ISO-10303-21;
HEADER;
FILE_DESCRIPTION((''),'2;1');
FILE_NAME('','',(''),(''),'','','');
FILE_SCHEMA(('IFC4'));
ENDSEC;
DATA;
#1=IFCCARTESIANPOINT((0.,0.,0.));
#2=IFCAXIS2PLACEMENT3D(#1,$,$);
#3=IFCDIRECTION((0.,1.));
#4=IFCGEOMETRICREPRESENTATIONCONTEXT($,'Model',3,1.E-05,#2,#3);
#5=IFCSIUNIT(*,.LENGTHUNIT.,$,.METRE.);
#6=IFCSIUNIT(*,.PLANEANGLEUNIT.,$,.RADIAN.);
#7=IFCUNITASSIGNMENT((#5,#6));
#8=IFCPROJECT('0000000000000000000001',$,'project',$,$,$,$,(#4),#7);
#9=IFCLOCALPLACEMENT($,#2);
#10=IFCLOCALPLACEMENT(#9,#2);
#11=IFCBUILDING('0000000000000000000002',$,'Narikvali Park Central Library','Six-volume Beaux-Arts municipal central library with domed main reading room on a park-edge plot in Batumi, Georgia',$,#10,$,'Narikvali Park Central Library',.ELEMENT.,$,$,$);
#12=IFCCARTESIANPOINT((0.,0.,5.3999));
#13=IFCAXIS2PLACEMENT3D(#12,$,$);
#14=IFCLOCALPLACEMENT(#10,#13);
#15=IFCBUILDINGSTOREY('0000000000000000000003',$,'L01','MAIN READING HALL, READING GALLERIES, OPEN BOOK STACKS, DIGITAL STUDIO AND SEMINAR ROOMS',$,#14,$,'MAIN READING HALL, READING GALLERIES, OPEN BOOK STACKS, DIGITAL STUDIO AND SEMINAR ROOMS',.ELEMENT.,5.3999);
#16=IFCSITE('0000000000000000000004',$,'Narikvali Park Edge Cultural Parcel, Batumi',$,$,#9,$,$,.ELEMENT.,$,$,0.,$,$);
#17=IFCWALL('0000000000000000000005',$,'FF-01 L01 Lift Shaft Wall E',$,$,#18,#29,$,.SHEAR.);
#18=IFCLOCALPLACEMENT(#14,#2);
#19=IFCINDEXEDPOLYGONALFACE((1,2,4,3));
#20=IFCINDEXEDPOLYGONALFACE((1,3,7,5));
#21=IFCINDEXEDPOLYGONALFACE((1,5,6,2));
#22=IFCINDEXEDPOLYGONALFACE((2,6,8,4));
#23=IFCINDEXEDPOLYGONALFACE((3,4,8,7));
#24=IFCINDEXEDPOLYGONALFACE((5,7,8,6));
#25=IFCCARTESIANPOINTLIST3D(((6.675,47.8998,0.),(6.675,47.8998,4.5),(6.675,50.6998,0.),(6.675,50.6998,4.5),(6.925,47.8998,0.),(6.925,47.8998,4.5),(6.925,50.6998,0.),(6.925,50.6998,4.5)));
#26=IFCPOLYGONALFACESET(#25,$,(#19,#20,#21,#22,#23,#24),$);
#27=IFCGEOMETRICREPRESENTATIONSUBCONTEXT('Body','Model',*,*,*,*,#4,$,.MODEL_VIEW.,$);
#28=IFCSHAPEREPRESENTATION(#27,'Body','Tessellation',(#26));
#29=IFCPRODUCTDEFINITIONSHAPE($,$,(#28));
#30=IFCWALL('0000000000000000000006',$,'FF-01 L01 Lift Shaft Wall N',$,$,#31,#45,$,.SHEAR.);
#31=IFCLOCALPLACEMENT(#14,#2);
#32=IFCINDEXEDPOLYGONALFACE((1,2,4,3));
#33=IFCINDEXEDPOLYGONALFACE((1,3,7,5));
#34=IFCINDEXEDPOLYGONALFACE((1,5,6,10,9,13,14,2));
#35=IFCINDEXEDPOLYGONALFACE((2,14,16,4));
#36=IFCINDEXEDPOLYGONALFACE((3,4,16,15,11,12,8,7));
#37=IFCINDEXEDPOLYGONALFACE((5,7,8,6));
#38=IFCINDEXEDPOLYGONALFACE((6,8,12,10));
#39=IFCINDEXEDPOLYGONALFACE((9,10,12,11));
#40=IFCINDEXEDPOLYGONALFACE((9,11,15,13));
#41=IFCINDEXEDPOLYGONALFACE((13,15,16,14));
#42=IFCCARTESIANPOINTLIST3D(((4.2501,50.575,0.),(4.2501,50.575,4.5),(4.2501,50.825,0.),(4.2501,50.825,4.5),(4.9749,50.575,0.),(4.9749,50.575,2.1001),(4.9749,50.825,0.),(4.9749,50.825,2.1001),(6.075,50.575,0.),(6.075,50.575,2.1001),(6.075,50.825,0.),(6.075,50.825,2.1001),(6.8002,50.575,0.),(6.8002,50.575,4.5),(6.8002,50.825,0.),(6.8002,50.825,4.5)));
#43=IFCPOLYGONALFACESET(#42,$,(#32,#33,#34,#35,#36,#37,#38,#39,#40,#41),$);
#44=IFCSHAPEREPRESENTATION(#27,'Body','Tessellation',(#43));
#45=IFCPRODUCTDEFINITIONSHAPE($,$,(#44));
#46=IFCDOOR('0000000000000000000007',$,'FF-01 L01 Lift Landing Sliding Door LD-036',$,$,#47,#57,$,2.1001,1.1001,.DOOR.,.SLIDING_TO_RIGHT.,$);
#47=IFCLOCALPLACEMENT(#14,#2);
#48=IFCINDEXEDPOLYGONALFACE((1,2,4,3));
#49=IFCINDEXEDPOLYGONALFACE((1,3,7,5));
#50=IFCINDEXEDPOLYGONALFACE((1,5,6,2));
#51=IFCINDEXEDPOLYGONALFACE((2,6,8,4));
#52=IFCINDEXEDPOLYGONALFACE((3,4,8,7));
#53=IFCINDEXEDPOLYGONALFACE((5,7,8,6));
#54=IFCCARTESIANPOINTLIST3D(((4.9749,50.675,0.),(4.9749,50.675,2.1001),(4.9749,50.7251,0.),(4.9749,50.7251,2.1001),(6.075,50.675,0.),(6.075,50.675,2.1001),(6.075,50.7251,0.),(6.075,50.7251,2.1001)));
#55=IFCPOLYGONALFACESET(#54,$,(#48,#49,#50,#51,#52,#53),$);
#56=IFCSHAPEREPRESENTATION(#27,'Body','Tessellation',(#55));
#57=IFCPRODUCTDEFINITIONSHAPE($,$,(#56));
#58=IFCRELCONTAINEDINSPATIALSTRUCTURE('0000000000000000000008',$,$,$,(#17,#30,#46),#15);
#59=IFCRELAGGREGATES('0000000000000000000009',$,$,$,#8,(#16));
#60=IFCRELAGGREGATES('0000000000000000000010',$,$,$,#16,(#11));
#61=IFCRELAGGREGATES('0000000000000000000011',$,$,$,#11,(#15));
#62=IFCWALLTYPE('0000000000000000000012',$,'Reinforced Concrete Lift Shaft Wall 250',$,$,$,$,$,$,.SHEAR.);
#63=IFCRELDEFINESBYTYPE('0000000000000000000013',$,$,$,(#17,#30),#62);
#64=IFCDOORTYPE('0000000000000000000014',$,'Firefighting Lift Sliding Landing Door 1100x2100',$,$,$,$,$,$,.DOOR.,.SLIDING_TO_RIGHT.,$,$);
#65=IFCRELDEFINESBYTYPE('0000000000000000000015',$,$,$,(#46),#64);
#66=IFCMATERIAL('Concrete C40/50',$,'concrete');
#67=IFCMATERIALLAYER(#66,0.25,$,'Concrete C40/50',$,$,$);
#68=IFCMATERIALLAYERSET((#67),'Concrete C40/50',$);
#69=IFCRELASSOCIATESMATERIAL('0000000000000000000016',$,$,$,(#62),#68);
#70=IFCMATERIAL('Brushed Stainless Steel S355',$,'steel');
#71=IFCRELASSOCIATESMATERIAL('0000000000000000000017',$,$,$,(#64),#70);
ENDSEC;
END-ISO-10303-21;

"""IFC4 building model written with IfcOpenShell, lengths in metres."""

from ifc_helpers import new_model, si_unit, direction, frame, frame_2d, origin, place, context, subcontext, project, spatial, rectangle, extrude, material, layer, layer_set, type_object, element, fill, save


model = new_model("IFC4")

# Units and contexts
model_context = context("Model", 3, precision=1e-05, world=origin(), true_north=direction((0.0, 1.0)))
body_context = subcontext(model_context, "Body", "Model", "MODEL_VIEW")
ifc_project = project(units=[si_unit("LENGTHUNIT", "METRE"), si_unit("PLANEANGLEUNIT", "RADIAN")], contexts=[model_context])

# Site, building, storey
site_placement = place(None, origin())
site = spatial("IfcSite", under=ifc_project, at=site_placement, Name="Narikvali Park Edge Cultural Parcel, Batumi", CompositionType="ELEMENT", RefElevation=0.0)
building_placement = place(site_placement, origin())
building = spatial("IfcBuilding", under=site, at=building_placement, Name="Narikvali Park Central Library", Description="Six-volume Beaux-Arts municipal central library with domed main reading room on a park-edge plot in Batumi, Georgia", LongName="Narikvali Park Central Library", CompositionType="ELEMENT")
storey_placement = place(building_placement, frame((0.0, 0.0, 5.3999)))
storey = spatial("IfcBuildingStorey", under=building, at=storey_placement, Name="L01", Description="MAIN READING HALL, READING GALLERIES, OPEN BOOK STACKS, DIGITAL STUDIO AND SEMINAR ROOMS", LongName="MAIN READING HALL, READING GALLERIES, OPEN BOOK STACKS, DIGITAL STUDIO AND SEMINAR ROOMS", CompositionType="ELEMENT", Elevation=5.3999)

# Wall
ifc_material_1 = material(Name="Concrete C40/50", Category="concrete")
ifc_layer_1 = layer(ifc_material_1, 0.25, Name="Concrete C40/50")
ifc_layer_set_1 = layer_set([ifc_layer_1], Name="Concrete C40/50")
wall_type_1 = type_object("IfcWallType", Name="Reinforced Concrete Lift Shaft Wall 250", PredefinedType="SHEAR", material=ifc_layer_set_1)
wall_1_placement = place(storey_placement, frame((6.8, 47.8999, 0.0), z_axis=(0.0, 0.0, 1.0), x_axis=(0.0, 1.0, 0.0)))
element("IfcWall", 1, at=wall_1_placement, inside=storey, type_object=wall_type_1, Name="FF-01 L01 Lift Shaft Wall E", PredefinedType="SHEAR", context=body_context, shape_type="SweptSolid", body=[
    extrude(rectangle(XDim=2.8, YDim=0.25, at=frame_2d((1.3999, 0.0))), origin(), (0.0, 0.0, 1.0), 4.5),
])

# Wall, opening, door
wall_2_placement = place(storey_placement, frame((6.8, 50.7, 0.0), z_axis=(0.0, 0.0, 1.0), x_axis=(-1.0, 0.0, 0.0)))
wall_2 = element("IfcWall", 2, at=wall_2_placement, inside=storey, type_object=wall_type_1, Name="FF-01 L01 Lift Shaft Wall N", PredefinedType="SHEAR", context=body_context, shape_type="SweptSolid", body=[
    extrude(rectangle(XDim=2.55, YDim=0.25, at=frame_2d((1.2749, 0.0))), origin(), (0.0, 0.0, 1.0), 4.5),
])
opening_1_placement = place(wall_2_placement, frame((0.7251, 0.0, 0.0)))
opening_1 = element("IfcOpeningElement", 3, at=opening_1_placement, cuts=wall_2, PredefinedType="OPENING", context=body_context, shape_type="SweptSolid", body=[
    extrude(rectangle(XDim=1.1001, YDim=2.1001, at=frame_2d((0.55, 1.05))), frame((0.0, 0.137, 0.0), z_axis=(0.0, -1.0, 0.0), x_axis=(1.0, 0.0, 0.0)), (0.0, 0.0, 1.0), 0.2739),
])
ifc_material_2 = material(Name="Brushed Stainless Steel S355", Category="steel")
door_type_1 = type_object("IfcDoorType", Name="Firefighting Lift Sliding Landing Door 1100x2100", OperationType="SLIDING_TO_RIGHT", PredefinedType="DOOR", material=ifc_material_2)
door_1_placement = place(opening_1_placement, origin())
door_1 = element("IfcDoor", 4, at=door_1_placement, inside=storey, type_object=door_type_1, Name="FF-01 L01 Lift Landing Sliding Door LD-036", OperationType="SLIDING_TO_RIGHT", OverallHeight=2.1001, OverallWidth=1.1001, PredefinedType="DOOR", context=body_context, shape_type="SweptSolid", body=[
    extrude(rectangle(XDim=1.1001, YDim=2.1001, at=frame_2d((0.55, 1.05))), frame((0.0, 0.0249, 0.0), z_axis=(0.0, -1.0, 0.0), x_axis=(1.0, 0.0, 0.0)), (0.0, 0.0, 1.0), 0.05),
])
fill(opening_1, door_1)

save(model, "model.ifc")
